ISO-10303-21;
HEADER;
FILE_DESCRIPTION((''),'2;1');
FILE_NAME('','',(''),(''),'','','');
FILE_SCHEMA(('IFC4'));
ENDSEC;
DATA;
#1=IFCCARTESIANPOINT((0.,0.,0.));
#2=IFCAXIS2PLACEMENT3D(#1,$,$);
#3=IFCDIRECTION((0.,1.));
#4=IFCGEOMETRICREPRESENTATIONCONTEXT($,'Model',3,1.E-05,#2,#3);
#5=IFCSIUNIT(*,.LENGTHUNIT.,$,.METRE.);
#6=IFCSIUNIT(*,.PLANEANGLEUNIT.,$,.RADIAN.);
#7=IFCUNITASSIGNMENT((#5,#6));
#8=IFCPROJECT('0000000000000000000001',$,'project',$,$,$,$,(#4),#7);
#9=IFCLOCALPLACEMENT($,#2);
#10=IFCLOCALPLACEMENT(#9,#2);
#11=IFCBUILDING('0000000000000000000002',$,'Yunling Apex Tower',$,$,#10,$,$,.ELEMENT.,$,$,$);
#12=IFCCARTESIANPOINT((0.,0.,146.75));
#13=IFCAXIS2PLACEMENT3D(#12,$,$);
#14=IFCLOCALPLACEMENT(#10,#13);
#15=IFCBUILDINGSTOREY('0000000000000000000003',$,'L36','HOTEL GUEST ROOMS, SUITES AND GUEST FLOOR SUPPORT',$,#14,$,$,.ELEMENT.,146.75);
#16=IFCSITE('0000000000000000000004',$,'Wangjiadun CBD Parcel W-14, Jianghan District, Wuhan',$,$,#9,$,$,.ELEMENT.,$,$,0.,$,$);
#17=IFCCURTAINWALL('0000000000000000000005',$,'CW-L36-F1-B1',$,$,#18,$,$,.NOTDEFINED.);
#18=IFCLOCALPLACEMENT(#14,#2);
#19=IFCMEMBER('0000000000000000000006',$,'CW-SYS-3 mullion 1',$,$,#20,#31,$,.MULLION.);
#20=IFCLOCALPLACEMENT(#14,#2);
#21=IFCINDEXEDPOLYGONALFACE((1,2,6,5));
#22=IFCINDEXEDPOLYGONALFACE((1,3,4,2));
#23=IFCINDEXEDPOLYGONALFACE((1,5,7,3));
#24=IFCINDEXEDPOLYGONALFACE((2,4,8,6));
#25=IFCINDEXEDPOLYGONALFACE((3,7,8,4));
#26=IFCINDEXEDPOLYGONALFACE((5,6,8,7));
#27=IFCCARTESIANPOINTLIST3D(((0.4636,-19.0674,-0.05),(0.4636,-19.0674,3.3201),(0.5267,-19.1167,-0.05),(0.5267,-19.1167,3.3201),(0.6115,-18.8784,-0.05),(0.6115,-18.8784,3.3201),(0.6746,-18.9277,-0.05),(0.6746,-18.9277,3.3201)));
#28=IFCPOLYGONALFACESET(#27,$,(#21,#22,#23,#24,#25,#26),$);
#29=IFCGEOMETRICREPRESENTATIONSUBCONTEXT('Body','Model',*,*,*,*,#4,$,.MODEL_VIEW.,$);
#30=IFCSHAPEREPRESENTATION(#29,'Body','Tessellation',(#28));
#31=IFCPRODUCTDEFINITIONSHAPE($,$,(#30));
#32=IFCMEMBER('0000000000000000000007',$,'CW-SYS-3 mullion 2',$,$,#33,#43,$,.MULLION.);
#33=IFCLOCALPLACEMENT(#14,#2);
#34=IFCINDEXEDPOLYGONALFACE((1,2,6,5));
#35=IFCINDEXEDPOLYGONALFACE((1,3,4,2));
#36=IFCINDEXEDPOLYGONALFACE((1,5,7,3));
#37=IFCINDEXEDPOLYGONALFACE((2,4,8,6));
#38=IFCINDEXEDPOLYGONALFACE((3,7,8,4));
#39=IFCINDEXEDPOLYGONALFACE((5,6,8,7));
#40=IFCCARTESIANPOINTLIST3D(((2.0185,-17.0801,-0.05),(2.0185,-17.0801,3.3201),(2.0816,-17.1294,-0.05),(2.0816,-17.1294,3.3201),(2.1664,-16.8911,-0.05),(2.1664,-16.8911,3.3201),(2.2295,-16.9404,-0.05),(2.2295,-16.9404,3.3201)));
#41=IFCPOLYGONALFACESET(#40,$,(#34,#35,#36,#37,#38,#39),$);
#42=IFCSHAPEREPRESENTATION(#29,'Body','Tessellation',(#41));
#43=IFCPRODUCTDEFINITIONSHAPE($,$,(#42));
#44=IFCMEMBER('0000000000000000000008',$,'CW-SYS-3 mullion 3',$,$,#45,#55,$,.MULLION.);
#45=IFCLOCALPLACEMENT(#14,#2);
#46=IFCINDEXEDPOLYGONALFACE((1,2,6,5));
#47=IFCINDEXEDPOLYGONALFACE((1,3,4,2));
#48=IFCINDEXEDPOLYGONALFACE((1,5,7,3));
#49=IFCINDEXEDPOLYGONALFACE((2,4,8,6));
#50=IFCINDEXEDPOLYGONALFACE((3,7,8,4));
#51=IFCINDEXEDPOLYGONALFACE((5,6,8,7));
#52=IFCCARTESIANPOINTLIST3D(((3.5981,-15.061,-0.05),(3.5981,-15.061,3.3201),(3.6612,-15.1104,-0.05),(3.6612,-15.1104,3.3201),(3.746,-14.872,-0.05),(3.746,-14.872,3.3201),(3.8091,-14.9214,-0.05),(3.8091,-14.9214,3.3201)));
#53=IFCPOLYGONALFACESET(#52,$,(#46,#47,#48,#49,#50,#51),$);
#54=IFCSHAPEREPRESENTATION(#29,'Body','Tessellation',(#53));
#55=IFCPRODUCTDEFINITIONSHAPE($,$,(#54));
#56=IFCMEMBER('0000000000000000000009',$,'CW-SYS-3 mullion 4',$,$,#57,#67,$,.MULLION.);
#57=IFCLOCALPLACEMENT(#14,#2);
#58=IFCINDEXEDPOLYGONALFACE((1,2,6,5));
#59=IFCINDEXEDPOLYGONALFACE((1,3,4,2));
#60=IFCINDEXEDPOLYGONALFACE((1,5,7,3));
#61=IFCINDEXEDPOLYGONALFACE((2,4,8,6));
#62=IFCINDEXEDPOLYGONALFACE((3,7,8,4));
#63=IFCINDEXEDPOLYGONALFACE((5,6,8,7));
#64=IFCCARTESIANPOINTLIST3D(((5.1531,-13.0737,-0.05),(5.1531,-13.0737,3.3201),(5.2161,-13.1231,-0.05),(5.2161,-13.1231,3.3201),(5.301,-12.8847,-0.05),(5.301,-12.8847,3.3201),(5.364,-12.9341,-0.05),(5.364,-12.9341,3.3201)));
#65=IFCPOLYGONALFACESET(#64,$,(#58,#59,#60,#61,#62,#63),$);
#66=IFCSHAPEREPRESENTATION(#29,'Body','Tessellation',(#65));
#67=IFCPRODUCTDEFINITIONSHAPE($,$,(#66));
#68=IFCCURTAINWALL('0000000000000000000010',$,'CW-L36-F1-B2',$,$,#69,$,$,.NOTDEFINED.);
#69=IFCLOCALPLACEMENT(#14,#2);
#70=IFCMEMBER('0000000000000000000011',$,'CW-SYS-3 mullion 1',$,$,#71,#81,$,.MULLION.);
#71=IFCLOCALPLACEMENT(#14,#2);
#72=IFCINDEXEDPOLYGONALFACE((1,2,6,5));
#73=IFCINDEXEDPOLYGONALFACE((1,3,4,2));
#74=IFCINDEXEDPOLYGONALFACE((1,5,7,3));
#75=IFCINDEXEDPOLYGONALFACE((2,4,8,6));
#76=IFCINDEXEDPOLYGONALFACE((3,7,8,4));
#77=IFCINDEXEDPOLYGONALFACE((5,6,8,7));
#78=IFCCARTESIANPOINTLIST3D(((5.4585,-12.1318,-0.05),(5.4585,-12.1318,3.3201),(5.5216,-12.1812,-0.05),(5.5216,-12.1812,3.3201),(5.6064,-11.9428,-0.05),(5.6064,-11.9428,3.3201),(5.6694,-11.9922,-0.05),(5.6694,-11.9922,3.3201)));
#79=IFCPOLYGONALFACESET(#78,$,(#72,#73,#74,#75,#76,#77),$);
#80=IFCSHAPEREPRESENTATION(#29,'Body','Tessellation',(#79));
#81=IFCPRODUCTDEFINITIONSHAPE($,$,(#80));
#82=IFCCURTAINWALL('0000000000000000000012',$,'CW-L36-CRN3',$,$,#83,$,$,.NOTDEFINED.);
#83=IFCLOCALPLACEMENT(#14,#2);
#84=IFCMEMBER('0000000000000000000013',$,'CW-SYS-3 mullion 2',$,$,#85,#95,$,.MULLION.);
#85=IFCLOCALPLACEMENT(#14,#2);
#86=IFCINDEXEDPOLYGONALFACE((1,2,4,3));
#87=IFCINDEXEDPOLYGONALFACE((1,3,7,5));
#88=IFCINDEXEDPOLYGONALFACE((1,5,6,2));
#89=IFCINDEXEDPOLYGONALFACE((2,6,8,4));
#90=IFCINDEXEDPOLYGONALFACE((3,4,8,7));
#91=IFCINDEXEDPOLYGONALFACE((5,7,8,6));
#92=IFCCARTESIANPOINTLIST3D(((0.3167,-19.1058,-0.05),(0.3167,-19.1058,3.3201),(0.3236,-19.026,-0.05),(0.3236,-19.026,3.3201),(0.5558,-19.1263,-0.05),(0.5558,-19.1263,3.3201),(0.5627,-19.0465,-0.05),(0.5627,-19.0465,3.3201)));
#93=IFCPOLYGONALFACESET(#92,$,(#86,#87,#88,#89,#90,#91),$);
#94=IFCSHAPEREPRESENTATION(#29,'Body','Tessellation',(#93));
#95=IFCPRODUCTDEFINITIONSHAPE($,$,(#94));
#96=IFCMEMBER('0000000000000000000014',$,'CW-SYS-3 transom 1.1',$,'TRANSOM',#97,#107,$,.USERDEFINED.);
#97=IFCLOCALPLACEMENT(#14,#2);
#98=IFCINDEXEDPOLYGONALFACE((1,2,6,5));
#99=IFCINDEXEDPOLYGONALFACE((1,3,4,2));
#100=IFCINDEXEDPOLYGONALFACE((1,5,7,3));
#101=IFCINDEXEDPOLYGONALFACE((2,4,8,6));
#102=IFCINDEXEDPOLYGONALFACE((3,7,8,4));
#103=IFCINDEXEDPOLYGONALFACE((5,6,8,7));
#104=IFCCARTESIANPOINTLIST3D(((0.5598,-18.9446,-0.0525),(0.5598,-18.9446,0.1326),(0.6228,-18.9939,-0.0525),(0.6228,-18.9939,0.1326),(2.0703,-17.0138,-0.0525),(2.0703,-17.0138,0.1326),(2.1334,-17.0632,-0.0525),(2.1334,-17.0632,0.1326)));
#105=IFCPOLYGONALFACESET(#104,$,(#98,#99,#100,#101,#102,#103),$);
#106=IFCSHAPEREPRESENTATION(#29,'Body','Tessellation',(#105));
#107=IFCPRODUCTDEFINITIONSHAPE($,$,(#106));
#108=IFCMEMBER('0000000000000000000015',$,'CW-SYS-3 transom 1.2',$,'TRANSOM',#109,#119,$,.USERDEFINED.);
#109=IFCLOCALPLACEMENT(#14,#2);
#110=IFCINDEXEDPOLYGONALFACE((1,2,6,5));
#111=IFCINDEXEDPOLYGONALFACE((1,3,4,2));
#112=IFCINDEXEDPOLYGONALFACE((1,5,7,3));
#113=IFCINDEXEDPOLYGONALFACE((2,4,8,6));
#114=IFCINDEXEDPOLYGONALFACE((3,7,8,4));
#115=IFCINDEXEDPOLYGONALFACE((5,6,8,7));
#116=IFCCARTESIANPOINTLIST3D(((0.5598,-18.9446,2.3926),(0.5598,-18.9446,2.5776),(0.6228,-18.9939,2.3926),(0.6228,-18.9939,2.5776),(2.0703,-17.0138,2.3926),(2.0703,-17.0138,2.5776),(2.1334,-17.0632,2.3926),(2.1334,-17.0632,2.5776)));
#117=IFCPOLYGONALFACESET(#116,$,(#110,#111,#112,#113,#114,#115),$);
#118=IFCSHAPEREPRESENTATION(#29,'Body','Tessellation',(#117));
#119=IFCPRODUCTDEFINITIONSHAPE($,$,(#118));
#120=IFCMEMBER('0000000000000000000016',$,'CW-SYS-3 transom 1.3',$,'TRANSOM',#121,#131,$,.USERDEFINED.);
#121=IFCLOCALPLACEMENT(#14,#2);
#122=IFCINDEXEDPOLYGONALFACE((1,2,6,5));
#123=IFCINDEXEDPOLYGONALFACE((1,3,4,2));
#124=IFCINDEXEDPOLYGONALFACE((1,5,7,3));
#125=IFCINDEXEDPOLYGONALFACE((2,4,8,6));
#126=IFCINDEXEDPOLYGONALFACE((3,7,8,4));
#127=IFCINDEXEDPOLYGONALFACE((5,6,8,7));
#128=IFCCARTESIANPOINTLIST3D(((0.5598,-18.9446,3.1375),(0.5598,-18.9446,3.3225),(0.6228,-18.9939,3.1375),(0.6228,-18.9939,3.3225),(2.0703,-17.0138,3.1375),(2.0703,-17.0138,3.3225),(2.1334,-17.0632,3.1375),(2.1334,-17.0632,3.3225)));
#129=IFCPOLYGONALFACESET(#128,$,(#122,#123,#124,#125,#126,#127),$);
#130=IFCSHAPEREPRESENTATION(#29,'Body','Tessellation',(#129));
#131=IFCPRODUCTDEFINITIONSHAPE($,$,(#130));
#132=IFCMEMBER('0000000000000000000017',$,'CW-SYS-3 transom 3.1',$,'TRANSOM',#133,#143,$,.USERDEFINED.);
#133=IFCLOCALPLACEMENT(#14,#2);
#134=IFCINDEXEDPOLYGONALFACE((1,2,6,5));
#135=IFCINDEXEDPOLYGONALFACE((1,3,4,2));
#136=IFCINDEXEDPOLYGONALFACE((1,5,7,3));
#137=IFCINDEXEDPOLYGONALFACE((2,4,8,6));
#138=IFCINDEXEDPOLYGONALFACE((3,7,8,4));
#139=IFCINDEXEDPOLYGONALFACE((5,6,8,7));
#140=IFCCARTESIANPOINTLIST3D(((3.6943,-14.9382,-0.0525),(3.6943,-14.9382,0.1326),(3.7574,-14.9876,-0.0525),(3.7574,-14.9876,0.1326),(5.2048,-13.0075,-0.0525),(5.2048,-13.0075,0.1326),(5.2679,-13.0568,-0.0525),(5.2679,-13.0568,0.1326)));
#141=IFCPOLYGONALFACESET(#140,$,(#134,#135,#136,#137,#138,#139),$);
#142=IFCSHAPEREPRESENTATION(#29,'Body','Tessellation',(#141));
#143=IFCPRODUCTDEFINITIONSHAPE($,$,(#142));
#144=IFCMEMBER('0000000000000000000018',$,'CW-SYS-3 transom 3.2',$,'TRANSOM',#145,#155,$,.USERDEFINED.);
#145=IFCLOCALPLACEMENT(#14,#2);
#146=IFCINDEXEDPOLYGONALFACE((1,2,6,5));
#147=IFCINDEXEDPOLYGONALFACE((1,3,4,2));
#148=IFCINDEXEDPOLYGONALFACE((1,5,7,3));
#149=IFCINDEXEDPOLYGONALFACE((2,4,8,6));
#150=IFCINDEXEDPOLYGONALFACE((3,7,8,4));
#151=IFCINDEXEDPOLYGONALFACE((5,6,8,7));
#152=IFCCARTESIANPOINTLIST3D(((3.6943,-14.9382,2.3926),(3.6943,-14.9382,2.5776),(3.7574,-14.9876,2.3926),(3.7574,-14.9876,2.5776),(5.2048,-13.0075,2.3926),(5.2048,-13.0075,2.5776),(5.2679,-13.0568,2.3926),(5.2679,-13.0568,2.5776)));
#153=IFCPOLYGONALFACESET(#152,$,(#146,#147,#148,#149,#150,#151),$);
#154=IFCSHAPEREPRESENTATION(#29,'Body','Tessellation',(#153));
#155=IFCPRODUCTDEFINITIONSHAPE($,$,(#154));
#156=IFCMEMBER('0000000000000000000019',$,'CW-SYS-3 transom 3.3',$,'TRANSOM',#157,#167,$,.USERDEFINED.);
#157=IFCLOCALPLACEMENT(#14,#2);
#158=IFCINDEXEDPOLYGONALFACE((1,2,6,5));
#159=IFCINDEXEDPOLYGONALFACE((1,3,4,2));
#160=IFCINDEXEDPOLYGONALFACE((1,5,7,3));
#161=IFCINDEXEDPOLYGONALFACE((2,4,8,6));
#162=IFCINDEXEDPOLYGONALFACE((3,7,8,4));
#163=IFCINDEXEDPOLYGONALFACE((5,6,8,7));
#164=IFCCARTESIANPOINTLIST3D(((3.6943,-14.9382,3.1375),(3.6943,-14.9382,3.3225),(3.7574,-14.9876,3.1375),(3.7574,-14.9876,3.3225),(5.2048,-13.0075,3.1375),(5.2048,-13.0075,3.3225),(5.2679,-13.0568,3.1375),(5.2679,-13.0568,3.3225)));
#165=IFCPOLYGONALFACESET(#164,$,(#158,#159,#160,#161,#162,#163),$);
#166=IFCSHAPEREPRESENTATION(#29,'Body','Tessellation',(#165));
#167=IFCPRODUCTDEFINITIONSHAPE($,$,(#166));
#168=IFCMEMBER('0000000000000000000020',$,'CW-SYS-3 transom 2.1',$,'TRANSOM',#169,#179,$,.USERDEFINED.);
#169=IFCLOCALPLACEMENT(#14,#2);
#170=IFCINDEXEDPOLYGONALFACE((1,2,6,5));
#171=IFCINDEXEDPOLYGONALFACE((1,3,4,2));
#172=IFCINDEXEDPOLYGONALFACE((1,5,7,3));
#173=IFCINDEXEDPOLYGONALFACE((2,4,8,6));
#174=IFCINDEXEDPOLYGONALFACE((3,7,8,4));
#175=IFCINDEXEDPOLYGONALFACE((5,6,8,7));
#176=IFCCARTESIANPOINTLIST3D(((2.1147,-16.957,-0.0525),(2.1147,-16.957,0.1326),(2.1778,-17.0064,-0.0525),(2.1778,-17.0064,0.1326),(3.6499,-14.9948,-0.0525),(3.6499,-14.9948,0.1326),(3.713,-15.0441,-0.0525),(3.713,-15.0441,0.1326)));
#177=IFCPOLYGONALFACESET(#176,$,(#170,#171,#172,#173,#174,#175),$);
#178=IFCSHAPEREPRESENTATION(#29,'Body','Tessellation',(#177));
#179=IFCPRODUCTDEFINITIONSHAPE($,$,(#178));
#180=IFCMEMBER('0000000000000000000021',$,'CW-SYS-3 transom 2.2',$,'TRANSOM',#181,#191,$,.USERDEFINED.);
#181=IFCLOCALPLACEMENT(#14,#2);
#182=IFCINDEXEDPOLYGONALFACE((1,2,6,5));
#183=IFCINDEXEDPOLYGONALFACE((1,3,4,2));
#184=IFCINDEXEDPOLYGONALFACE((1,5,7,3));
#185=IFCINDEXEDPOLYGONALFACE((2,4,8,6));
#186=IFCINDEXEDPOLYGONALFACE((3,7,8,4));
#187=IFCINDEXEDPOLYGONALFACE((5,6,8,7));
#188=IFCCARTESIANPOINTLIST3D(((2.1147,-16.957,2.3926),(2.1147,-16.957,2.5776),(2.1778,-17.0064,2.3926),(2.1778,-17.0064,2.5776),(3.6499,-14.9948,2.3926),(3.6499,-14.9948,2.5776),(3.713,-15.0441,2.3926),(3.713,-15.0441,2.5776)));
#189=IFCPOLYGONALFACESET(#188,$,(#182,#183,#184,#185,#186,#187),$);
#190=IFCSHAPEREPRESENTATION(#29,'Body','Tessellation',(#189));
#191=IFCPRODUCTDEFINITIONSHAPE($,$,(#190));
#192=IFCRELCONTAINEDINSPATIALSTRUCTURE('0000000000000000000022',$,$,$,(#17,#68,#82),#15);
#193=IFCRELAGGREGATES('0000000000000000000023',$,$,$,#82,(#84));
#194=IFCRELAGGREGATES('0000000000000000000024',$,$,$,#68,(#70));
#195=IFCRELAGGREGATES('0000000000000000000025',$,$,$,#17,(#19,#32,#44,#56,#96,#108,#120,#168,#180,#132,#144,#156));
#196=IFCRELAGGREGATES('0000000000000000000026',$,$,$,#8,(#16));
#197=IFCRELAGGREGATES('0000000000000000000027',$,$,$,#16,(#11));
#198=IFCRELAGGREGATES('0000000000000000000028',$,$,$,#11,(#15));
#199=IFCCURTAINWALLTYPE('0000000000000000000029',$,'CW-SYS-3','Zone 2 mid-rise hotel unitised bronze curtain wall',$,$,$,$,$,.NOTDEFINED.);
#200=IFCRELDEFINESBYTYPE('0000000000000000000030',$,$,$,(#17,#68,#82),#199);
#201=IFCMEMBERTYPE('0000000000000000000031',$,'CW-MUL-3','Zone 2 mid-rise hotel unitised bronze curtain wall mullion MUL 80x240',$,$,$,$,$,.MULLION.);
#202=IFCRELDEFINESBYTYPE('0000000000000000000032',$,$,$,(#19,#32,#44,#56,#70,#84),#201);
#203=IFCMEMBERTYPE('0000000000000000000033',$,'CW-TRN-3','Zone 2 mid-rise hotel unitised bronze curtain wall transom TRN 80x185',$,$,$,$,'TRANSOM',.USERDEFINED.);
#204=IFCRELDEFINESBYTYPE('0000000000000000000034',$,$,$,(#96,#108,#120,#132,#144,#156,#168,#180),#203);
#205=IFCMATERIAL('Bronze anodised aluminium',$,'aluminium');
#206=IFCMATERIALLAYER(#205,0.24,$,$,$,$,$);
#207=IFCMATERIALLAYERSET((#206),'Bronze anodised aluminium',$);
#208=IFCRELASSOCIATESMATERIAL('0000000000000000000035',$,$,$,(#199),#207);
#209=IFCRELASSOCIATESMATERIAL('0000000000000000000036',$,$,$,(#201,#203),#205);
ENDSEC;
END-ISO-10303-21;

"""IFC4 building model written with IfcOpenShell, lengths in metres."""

from ifc_helpers import new_model, si_unit, direction, frame, origin, origin_2d, place, context, subcontext, project, spatial, rectangle, extrude, source, transform, mapped, material, layer, layer_set, material_profile, profile_set, type_object, element, aggregate, save


model = new_model("IFC4")

# Units and contexts
model_context = context("Model", 3, precision=1e-05, world=origin(), true_north=direction((0.0, 1.0)))
body_context = subcontext(model_context, "Body", "Model", "MODEL_VIEW")
ifc_project = project(units=[si_unit("LENGTHUNIT", "METRE"), si_unit("PLANEANGLEUNIT", "RADIAN")], contexts=[model_context])

# Site, building, storey
site_placement = place(None, origin())
site = spatial("IfcSite", under=ifc_project, at=site_placement, Name="Wangjiadun CBD Parcel W-14, Jianghan District, Wuhan", CompositionType="ELEMENT", RefElevation=0.0)
building_placement = place(site_placement, origin())
building = spatial("IfcBuilding", under=site, at=building_placement, Name="Yunling Apex Tower", CompositionType="ELEMENT")
storey_placement = place(building_placement, frame((0.0, 0.0, 146.75)))
storey = spatial("IfcBuildingStorey", under=building, at=storey_placement, Name="L36", Description="HOTEL GUEST ROOMS, SUITES AND GUEST FLOOR SUPPORT", CompositionType="ELEMENT", Elevation=146.75)

# Curtain wall, members
ifc_material_1 = material(Name="Bronze anodised aluminium", Category="aluminium")
ifc_layer_1 = layer(ifc_material_1, 0.24)
ifc_layer_set_1 = layer_set([ifc_layer_1], Name="Bronze anodised aluminium")
curtain_wall_type = type_object("IfcCurtainWallType", Name="CW-SYS-3", Description="Zone 2 mid-rise hotel unitised bronze curtain wall", PredefinedType="NOTDEFINED", material=ifc_layer_set_1)
curtain_wall_1_placement = place(storey_placement, origin())
curtain_wall_1 = element("IfcCurtainWall", 1, at=curtain_wall_1_placement, inside=storey, type_object=curtain_wall_type, Name="CW-L36-F1-B1", PredefinedType="NOTDEFINED")
ifc_material_profile_1 = material_profile(ifc_material_1, rectangle(XDim=0.0801, YDim=0.24, at=origin_2d()))
ifc_profile_set_1 = profile_set([ifc_material_profile_1], Name="Bronze anodised aluminium")
member_type_1 = type_object("IfcMemberType", Name="CW-MUL-3", Description="Zone 2 mid-rise hotel unitised bronze curtain wall mullion MUL 80x240", PredefinedType="MULLION", material=ifc_profile_set_1)
shared_shape_1 = source(origin(), body_context, "Body", "SweptSolid", [
    extrude(rectangle(XDim=0.0801, YDim=0.24, at=origin_2d()), origin(), (0.0, 0.0, 1.0), 3.3701),
])
member_1_placement = place(storey_placement, frame((0.5691, -18.9976, -0.05), z_axis=(0.0, 0.0, 1.0), x_axis=(-0.787584, 0.616208, 0.0)))
member_1 = element("IfcMember", 2, at=member_1_placement, type_object=member_type_1, Name="CW-SYS-3 mullion 1", PredefinedType="MULLION", context=body_context, shape_type="MappedRepresentation", body=[
    mapped(shared_shape_1, transform((0.0, 0.0, 0.0), scale=1.0)),
])
member_2_placement = place(storey_placement, frame((2.124, -17.0103, -0.05), z_axis=(0.0, 0.0, 1.0), x_axis=(-0.787584, 0.616208, 0.0)))
member_2 = element("IfcMember", 3, at=member_2_placement, type_object=member_type_1, Name="CW-SYS-3 mullion 2", PredefinedType="MULLION", context=body_context, shape_type="MappedRepresentation", body=[
    mapped(shared_shape_1, transform((0.0, 0.0, 0.0), scale=1.0)),
])
member_3_placement = place(storey_placement, frame((3.7036, -14.9912, -0.05), z_axis=(0.0, 0.0, 1.0), x_axis=(-0.787584, 0.616208, 0.0)))
member_3 = element("IfcMember", 4, at=member_3_placement, type_object=member_type_1, Name="CW-SYS-3 mullion 3", PredefinedType="MULLION", context=body_context, shape_type="MappedRepresentation", body=[
    mapped(shared_shape_1, transform((0.0, 0.0, 0.0), scale=1.0)),
])
member_4_placement = place(storey_placement, frame((5.2585, -13.0039, -0.05), z_axis=(0.0, 0.0, 1.0), x_axis=(-0.787584, 0.616208, 0.0)))
member_4 = element("IfcMember", 5, at=member_4_placement, type_object=member_type_1, Name="CW-SYS-3 mullion 4", PredefinedType="MULLION", context=body_context, shape_type="MappedRepresentation", body=[
    mapped(shared_shape_1, transform((0.0, 0.0, 0.0), scale=1.0)),
])

# Curtain walls, members
curtain_wall_2_placement = place(storey_placement, origin())
curtain_wall_2 = element("IfcCurtainWall", 6, at=curtain_wall_2_placement, inside=storey, type_object=curtain_wall_type, Name="CW-L36-F1-B2", PredefinedType="NOTDEFINED")
member_5_placement = place(storey_placement, frame((5.564, -12.062, -0.05), z_axis=(0.0, 0.0, 1.0), x_axis=(-0.78759, 0.616199, 0.0)))
member_5 = element("IfcMember", 7, at=member_5_placement, type_object=member_type_1, Name="CW-SYS-3 mullion 1", PredefinedType="MULLION", context=body_context, shape_type="MappedRepresentation", body=[
    mapped(shared_shape_1, transform((0.0, 0.0, 0.0), scale=1.0)),
])
curtain_wall_3_placement = place(storey_placement, origin())
curtain_wall_3 = element("IfcCurtainWall", 8, at=curtain_wall_3_placement, inside=storey, type_object=curtain_wall_type, Name="CW-L36-CRN3", PredefinedType="NOTDEFINED")
member_6_placement = place(storey_placement, frame((0.4397, -19.0762, -0.05), z_axis=(0.0, 0.0, 1.0), x_axis=(0.08555, 0.996334, 0.0)))
member_6 = element("IfcMember", 9, at=member_6_placement, type_object=member_type_1, Name="CW-SYS-3 mullion 2", PredefinedType="MULLION", context=body_context, shape_type="MappedRepresentation", body=[
    mapped(shared_shape_1, transform((0.0, 0.0, 0.0), scale=1.0)),
])
aggregate(curtain_wall_3, [member_6])

# Members
ifc_material_profile_2 = material_profile(ifc_material_1, rectangle(XDim=0.0801, YDim=0.1851, at=origin_2d()))
ifc_profile_set_2 = profile_set([ifc_material_profile_2], Name="Bronze anodised aluminium")
member_type_2 = type_object("IfcMemberType", Name="CW-TRN-3", Description="Zone 2 mid-rise hotel unitised bronze curtain wall transom TRN 80x185", ElementType="TRANSOM", PredefinedType="USERDEFINED", material=ifc_profile_set_2)
shared_shape_2 = source(origin(), body_context, "Body", "SweptSolid", [
    extrude(rectangle(XDim=0.0801, YDim=0.1851, at=origin_2d()), origin(), (0.0, 0.0, 1.0), 2.4514),
])
member_7_placement = place(storey_placement, frame((0.5913, -18.9692, 0.04), z_axis=(0.616193, 0.787595, 0.0), x_axis=(-0.787595, 0.616193, 0.0)))
member_7 = element("IfcMember", 10, at=member_7_placement, type_object=member_type_2, Name="CW-SYS-3 transom 1.1", ObjectType="TRANSOM", PredefinedType="USERDEFINED", context=body_context, shape_type="MappedRepresentation", body=[
    mapped(shared_shape_2, transform((0.0, 0.0, 0.0), scale=1.0)),
])
member_8_placement = place(storey_placement, frame((0.5913, -18.9692, 2.4851), z_axis=(0.616193, 0.787595, 0.0), x_axis=(-0.787595, 0.616193, 0.0)))
member_8 = element("IfcMember", 11, at=member_8_placement, type_object=member_type_2, Name="CW-SYS-3 transom 1.2", ObjectType="TRANSOM", PredefinedType="USERDEFINED", context=body_context, shape_type="MappedRepresentation", body=[
    mapped(shared_shape_2, transform((0.0, 0.0, 0.0), scale=1.0)),
])
member_9_placement = place(storey_placement, frame((0.5913, -18.9692, 3.23), z_axis=(0.616193, 0.787595, 0.0), x_axis=(-0.787595, 0.616193, 0.0)))
member_9 = element("IfcMember", 12, at=member_9_placement, type_object=member_type_2, Name="CW-SYS-3 transom 1.3", ObjectType="TRANSOM", PredefinedType="USERDEFINED", context=body_context, shape_type="MappedRepresentation", body=[
    mapped(shared_shape_2, transform((0.0, 0.0, 0.0), scale=1.0)),
])
member_10_placement = place(storey_placement, frame((3.7258, -14.9629, 0.04), z_axis=(0.616193, 0.787595, 0.0), x_axis=(-0.787595, 0.616193, 0.0)))
member_10 = element("IfcMember", 13, at=member_10_placement, type_object=member_type_2, Name="CW-SYS-3 transom 3.1", ObjectType="TRANSOM", PredefinedType="USERDEFINED", context=body_context, shape_type="MappedRepresentation", body=[
    mapped(shared_shape_2, transform((0.0, 0.0, 0.0), scale=1.0)),
])
member_11_placement = place(storey_placement, frame((3.7258, -14.9629, 2.4851), z_axis=(0.616193, 0.787595, 0.0), x_axis=(-0.787595, 0.616193, 0.0)))
member_11 = element("IfcMember", 14, at=member_11_placement, type_object=member_type_2, Name="CW-SYS-3 transom 3.2", ObjectType="TRANSOM", PredefinedType="USERDEFINED", context=body_context, shape_type="MappedRepresentation", body=[
    mapped(shared_shape_2, transform((0.0, 0.0, 0.0), scale=1.0)),
])
member_12_placement = place(storey_placement, frame((3.7258, -14.9629, 3.23), z_axis=(0.616193, 0.787595, 0.0), x_axis=(-0.787595, 0.616193, 0.0)))
member_12 = element("IfcMember", 15, at=member_12_placement, type_object=member_type_2, Name="CW-SYS-3 transom 3.3", ObjectType="TRANSOM", PredefinedType="USERDEFINED", context=body_context, shape_type="MappedRepresentation", body=[
    mapped(shared_shape_2, transform((0.0, 0.0, 0.0), scale=1.0)),
])
shared_shape_3 = source(origin(), body_context, "Body", "SweptSolid", [
    extrude(rectangle(XDim=0.0801, YDim=0.1851, at=origin_2d()), origin(), (0.0, 0.0, 1.0), 2.4915),
])
member_13_placement = place(storey_placement, frame((2.1462, -16.9817, 0.04), z_axis=(0.616197, 0.787592, 0.0), x_axis=(-0.787592, 0.616197, 0.0)))
member_13 = element("IfcMember", 16, at=member_13_placement, type_object=member_type_2, Name="CW-SYS-3 transom 2.1", ObjectType="TRANSOM", PredefinedType="USERDEFINED", context=body_context, shape_type="MappedRepresentation", body=[
    mapped(shared_shape_3, transform((0.0, 0.0, 0.0), scale=1.0)),
])
member_14_placement = place(storey_placement, frame((2.1462, -16.9817, 2.4851), z_axis=(0.616197, 0.787592, 0.0), x_axis=(-0.787592, 0.616197, 0.0)))
member_14 = element("IfcMember", 17, at=member_14_placement, type_object=member_type_2, Name="CW-SYS-3 transom 2.2", ObjectType="TRANSOM", PredefinedType="USERDEFINED", context=body_context, shape_type="MappedRepresentation", body=[
    mapped(shared_shape_3, transform((0.0, 0.0, 0.0), scale=1.0)),
])
aggregate(curtain_wall_2, [member_5])

aggregate(curtain_wall_1, [member_1, member_2, member_3, member_4, member_7, member_8, member_9, member_13, member_14, member_10, member_11, member_12])

save(model, "model.ifc")
